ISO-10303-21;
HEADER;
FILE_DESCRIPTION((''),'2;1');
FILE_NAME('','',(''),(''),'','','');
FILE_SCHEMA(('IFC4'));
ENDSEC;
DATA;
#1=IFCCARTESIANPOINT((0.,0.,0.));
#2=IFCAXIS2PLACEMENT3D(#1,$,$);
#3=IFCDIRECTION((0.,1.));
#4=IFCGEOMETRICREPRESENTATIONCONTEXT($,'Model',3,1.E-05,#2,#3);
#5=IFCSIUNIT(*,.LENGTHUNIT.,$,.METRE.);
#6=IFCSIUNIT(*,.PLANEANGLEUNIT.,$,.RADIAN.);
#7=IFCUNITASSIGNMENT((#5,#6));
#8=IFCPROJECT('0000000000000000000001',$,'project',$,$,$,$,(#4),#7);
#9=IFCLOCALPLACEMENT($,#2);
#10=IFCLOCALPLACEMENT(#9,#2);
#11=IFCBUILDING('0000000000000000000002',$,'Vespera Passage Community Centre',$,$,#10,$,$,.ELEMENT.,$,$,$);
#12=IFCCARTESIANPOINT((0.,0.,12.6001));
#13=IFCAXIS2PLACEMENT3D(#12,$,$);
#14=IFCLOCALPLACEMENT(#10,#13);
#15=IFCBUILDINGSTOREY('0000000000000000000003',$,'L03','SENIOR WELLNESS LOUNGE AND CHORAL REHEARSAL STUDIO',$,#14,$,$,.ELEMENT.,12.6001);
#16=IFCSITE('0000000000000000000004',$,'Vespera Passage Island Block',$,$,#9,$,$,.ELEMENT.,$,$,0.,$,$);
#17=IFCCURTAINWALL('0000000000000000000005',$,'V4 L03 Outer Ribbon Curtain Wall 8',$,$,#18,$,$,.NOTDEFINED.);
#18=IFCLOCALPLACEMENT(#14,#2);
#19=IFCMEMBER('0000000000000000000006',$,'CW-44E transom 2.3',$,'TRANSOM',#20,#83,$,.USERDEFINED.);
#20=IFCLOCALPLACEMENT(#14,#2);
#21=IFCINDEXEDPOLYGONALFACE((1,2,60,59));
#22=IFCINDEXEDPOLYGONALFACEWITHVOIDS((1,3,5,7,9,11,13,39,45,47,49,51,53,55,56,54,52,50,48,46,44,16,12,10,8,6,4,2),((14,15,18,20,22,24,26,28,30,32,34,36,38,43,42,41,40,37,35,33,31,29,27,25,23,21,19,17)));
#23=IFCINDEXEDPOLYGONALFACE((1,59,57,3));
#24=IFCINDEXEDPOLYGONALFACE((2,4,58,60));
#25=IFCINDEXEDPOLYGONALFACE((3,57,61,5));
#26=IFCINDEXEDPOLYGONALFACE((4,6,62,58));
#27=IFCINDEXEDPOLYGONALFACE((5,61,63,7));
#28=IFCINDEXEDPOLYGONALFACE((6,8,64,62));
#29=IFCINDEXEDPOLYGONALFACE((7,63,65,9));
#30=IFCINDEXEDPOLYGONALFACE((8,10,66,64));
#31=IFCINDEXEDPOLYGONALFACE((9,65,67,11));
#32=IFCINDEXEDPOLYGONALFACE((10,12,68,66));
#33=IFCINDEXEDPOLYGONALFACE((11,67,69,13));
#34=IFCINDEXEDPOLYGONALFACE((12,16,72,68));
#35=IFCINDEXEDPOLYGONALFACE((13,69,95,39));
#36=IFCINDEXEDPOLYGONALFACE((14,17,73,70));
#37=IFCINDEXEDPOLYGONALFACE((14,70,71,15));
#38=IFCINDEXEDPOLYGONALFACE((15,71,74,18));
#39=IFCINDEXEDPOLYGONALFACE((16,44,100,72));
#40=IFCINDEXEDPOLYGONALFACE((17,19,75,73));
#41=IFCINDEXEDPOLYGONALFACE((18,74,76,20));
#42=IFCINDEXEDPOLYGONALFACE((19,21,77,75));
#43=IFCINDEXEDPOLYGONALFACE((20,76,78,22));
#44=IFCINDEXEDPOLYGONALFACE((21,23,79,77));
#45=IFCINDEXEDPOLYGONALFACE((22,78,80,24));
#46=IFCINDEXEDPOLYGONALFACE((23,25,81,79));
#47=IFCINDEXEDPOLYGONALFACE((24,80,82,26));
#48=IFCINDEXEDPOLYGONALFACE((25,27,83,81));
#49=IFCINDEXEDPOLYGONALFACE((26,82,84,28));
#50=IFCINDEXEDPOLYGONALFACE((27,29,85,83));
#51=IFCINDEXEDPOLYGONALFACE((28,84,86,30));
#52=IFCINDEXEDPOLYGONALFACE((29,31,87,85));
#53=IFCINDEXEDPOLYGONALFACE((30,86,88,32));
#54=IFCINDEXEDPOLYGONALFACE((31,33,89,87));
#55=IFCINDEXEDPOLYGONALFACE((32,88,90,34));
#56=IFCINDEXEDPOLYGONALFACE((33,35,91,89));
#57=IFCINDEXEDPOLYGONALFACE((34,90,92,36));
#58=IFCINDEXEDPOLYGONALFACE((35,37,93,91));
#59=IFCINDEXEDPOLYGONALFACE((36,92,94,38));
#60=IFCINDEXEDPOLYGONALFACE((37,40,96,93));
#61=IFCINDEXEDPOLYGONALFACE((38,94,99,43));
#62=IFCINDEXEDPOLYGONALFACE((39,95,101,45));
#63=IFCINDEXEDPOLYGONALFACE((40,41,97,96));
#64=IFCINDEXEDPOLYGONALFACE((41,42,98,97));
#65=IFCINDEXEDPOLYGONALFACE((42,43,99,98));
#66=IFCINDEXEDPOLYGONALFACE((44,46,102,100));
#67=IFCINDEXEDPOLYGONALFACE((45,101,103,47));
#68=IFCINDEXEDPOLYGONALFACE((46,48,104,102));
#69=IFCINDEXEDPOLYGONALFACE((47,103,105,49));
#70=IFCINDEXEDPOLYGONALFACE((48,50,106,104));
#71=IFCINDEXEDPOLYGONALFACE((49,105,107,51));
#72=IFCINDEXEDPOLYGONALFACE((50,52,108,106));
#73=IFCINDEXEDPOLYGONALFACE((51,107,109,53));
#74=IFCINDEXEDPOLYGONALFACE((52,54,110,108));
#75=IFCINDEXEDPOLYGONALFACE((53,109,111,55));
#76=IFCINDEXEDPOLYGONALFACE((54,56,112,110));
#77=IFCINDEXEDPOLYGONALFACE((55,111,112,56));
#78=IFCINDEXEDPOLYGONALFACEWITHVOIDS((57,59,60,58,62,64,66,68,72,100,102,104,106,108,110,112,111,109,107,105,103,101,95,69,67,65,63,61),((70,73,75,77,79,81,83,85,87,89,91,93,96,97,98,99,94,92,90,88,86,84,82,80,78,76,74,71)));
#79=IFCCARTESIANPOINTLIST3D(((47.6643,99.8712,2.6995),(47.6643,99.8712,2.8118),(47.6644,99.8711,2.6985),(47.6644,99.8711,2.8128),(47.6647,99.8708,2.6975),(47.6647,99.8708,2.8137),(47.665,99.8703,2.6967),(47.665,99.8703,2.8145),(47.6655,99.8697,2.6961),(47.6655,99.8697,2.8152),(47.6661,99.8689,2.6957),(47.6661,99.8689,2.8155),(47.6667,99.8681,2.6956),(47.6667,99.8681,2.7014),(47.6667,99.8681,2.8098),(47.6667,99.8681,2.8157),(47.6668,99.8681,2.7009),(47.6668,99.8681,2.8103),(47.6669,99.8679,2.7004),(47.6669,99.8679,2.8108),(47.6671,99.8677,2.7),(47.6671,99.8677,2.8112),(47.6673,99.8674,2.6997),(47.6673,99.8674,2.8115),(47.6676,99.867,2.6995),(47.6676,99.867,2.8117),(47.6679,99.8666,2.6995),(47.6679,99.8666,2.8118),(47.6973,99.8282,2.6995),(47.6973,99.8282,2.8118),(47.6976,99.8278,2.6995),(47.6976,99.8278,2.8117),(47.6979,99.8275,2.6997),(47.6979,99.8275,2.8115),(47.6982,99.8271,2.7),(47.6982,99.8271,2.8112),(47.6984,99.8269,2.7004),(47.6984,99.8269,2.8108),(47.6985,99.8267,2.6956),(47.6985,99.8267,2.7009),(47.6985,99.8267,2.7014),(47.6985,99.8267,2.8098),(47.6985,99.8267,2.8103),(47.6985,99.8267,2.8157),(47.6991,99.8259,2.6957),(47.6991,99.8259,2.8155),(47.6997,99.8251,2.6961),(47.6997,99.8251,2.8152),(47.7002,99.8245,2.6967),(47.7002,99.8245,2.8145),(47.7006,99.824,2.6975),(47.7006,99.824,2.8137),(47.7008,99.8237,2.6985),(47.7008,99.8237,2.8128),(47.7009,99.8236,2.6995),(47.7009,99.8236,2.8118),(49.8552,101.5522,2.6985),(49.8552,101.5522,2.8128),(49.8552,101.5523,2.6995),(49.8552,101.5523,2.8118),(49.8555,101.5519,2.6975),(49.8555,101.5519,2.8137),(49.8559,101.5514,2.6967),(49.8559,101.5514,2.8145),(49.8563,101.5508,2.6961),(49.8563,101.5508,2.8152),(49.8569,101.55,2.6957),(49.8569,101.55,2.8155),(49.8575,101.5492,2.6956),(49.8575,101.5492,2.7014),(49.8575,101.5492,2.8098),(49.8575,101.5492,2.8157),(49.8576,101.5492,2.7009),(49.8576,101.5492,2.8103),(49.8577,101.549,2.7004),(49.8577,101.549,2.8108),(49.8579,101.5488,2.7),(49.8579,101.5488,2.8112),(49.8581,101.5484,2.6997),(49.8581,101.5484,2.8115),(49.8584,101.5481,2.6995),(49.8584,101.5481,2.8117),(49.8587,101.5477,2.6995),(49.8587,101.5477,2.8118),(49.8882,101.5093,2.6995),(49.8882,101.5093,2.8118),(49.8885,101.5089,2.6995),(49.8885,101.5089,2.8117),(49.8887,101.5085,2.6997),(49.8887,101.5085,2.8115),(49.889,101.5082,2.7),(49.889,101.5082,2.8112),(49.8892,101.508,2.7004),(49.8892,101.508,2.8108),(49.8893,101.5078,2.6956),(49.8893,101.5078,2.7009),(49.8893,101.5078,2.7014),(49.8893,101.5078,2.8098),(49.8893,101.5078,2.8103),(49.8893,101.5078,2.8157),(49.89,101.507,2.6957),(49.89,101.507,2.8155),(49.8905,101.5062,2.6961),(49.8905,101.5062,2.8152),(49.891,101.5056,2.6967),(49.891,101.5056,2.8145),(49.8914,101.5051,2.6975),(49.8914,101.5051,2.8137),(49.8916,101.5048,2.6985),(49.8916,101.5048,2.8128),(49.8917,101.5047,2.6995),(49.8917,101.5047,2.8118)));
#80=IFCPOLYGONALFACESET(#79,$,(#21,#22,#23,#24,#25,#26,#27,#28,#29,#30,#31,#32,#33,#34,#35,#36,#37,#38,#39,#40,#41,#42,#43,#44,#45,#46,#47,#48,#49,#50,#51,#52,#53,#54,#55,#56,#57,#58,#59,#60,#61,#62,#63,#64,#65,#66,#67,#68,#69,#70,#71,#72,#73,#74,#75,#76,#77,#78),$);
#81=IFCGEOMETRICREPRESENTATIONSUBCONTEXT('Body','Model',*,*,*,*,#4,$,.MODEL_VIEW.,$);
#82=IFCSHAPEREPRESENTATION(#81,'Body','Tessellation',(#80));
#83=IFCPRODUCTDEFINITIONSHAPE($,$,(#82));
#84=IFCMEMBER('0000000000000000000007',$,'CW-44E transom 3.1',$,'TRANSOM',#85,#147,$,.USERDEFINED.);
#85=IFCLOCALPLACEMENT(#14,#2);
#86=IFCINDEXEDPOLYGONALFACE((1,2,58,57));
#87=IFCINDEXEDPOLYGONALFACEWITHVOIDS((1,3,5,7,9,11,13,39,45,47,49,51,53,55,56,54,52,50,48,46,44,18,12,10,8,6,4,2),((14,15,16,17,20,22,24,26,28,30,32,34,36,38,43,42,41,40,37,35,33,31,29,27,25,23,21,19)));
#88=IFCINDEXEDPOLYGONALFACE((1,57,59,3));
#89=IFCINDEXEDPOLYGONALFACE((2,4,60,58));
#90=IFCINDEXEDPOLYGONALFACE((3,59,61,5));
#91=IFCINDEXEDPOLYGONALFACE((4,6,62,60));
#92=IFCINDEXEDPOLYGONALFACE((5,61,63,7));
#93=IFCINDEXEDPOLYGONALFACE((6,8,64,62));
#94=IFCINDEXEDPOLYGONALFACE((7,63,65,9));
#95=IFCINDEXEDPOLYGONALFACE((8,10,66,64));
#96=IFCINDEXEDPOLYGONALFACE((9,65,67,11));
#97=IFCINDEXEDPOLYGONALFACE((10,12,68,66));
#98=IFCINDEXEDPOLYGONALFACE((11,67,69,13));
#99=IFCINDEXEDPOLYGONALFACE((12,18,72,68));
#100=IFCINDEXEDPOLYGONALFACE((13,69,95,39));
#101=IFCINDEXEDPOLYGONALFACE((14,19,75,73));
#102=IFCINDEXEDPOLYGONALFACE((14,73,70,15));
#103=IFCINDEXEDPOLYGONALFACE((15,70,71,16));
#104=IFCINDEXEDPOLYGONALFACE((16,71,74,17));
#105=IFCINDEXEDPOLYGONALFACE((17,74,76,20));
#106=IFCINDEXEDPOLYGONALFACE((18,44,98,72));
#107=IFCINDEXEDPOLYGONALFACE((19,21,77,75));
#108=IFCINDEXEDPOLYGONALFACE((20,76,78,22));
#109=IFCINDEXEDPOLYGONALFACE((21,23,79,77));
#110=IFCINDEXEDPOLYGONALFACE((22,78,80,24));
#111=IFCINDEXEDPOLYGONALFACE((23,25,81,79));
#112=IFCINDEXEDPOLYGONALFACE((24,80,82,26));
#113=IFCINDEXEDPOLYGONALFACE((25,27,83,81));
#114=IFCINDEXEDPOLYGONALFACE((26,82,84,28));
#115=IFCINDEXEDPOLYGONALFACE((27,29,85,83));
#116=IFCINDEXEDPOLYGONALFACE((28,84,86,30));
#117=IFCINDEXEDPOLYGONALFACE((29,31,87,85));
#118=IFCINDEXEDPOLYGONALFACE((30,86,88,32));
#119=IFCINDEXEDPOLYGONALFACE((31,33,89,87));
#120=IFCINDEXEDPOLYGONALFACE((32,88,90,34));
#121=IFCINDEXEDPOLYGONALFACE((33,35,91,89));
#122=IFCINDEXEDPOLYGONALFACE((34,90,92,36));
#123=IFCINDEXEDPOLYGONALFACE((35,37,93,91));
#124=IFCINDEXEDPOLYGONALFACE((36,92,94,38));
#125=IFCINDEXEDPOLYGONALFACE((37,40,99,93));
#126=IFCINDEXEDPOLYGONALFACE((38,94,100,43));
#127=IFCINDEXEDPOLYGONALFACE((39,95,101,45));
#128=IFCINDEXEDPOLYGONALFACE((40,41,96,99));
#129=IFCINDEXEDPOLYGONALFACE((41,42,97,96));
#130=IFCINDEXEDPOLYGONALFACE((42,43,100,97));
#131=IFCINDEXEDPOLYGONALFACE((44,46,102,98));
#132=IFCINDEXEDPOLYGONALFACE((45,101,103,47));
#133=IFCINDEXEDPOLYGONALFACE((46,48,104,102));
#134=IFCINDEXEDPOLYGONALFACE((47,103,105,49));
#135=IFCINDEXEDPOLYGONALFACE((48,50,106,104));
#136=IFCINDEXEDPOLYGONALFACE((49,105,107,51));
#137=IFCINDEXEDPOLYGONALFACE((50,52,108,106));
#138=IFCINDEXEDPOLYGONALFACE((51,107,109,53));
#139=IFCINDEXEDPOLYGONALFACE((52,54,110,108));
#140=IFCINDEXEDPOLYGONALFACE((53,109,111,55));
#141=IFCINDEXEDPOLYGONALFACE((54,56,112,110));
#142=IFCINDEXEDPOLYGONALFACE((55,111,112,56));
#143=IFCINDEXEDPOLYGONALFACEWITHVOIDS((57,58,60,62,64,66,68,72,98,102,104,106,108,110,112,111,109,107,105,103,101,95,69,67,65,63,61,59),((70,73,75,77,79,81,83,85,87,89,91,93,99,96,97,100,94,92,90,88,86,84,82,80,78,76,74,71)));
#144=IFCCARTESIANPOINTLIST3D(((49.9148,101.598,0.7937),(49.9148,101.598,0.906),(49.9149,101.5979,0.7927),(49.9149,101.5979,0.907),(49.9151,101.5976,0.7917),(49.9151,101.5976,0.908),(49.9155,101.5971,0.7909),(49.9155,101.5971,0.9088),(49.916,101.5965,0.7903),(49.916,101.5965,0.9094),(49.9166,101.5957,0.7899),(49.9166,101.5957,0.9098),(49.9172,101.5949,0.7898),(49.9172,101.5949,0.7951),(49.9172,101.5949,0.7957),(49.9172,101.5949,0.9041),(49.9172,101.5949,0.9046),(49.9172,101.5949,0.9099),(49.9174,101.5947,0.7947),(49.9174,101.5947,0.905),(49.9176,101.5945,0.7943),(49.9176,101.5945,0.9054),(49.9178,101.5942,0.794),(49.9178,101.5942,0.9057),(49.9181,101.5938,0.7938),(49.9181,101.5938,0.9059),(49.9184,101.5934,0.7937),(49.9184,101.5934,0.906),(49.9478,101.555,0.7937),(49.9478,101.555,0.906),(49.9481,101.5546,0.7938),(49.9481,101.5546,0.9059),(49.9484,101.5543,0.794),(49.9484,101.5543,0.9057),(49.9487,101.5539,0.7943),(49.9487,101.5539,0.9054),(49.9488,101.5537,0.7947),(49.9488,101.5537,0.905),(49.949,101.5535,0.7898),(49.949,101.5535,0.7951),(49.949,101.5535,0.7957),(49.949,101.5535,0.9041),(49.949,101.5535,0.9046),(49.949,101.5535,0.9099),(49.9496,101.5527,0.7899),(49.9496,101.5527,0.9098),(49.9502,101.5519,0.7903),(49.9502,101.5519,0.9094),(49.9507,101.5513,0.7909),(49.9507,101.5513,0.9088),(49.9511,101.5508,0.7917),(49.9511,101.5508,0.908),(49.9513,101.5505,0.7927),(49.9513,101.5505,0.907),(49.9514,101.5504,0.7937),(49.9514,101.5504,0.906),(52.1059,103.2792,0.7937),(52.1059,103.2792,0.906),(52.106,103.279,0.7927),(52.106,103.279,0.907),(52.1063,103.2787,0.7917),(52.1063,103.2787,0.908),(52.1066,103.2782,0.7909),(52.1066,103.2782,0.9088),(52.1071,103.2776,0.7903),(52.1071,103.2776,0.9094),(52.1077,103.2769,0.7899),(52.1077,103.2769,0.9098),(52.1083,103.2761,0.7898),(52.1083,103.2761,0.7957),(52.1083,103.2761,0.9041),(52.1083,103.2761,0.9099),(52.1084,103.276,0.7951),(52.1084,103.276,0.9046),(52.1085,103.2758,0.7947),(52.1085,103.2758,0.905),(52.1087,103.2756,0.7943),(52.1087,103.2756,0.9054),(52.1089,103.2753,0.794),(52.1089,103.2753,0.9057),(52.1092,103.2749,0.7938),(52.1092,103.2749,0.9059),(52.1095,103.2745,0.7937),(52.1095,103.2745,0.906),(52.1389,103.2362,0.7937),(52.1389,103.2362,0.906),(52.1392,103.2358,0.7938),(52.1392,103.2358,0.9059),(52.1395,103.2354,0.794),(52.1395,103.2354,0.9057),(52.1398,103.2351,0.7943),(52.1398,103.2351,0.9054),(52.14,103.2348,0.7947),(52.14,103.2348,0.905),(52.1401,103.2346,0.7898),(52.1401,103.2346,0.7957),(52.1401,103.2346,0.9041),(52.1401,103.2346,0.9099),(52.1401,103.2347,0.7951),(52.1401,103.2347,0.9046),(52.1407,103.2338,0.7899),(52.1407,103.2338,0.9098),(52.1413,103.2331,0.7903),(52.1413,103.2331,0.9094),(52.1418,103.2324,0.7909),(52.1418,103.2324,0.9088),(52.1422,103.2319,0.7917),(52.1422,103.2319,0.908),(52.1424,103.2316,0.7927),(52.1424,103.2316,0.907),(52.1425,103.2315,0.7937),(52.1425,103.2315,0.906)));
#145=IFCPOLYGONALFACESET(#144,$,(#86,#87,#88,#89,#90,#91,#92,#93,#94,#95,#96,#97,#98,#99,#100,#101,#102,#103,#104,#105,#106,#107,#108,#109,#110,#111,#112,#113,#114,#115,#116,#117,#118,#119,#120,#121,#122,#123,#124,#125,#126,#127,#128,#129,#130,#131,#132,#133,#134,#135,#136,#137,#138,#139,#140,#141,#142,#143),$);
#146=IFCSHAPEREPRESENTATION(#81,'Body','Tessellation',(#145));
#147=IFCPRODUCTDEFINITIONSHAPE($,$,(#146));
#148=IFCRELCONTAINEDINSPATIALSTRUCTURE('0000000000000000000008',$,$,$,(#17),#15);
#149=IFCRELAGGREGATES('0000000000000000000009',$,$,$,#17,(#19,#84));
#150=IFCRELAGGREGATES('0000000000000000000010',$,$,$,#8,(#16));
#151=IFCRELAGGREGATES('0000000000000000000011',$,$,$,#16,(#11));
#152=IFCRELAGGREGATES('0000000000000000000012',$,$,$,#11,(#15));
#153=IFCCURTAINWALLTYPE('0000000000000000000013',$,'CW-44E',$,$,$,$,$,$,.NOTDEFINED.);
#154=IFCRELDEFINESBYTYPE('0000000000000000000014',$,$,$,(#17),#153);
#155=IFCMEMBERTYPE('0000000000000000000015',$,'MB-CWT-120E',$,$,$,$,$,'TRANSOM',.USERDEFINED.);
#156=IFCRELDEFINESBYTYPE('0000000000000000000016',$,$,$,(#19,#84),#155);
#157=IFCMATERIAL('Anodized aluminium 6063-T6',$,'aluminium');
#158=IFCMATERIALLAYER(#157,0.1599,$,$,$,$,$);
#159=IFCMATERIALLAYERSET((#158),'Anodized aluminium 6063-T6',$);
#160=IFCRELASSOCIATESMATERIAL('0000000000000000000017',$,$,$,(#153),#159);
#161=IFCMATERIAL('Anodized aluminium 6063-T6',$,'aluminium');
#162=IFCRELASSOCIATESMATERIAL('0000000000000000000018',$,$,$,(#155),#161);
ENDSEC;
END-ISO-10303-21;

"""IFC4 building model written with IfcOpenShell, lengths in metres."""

from ifc_helpers import new_model, si_unit, direction, frame, origin, origin_2d, place, context, subcontext, project, spatial, hollow_rectangle, extrude, material, layer, layer_set, material_profile, profile_set, type_object, element, aggregate, save


model = new_model("IFC4")

# Units and contexts
model_context = context("Model", 3, precision=1e-05, world=origin(), true_north=direction((0.0, 1.0)))
body_context = subcontext(model_context, "Body", "Model", "MODEL_VIEW")
ifc_project = project(units=[si_unit("LENGTHUNIT", "METRE"), si_unit("PLANEANGLEUNIT", "RADIAN")], contexts=[model_context])

# Site, building, storey
site_placement = place(None, origin())
site = spatial("IfcSite", under=ifc_project, at=site_placement, Name="Vespera Passage Island Block", CompositionType="ELEMENT", RefElevation=0.0)
building_placement = place(site_placement, origin())
building = spatial("IfcBuilding", under=site, at=building_placement, Name="Vespera Passage Community Centre", CompositionType="ELEMENT")
storey_placement = place(building_placement, frame((0.0, 0.0, 12.6001)))
storey = spatial("IfcBuildingStorey", under=building, at=storey_placement, Name="L03", Description="SENIOR WELLNESS LOUNGE AND CHORAL REHEARSAL STUDIO", CompositionType="ELEMENT", Elevation=12.6001)

# Curtain wall
ifc_material_1 = material(Name="Anodized aluminium 6063-T6", Category="aluminium")
ifc_layer_1 = layer(ifc_material_1, 0.1599)
ifc_layer_set_1 = layer_set([ifc_layer_1], Name="Anodized aluminium 6063-T6")
curtain_wall_type_1 = type_object("IfcCurtainWallType", Name="CW-44E", PredefinedType="NOTDEFINED", material=ifc_layer_set_1)
curtain_wall_1_placement = place(storey_placement, origin())
curtain_wall_1 = element("IfcCurtainWall", 1, at=curtain_wall_1_placement, inside=storey, type_object=curtain_wall_type_1, Name="V4 L03 Outer Ribbon Curtain Wall 8", PredefinedType="NOTDEFINED")

# Members
ifc_material_2 = material(Name="Anodized aluminium 6063-T6", Category="aluminium")
ifc_material_profile_1 = material_profile(ifc_material_2, hollow_rectangle(XDim=0.0601, YDim=0.1201, WallThickness=0.0039, InnerFilletRadius=0.002, OuterFilletRadius=0.0039, at=origin_2d()), Name="ALU120X60X4")
ifc_profile_set_1 = profile_set([ifc_material_profile_1], Name="Anodized aluminium 6063-T6")
member_type_1 = type_object("IfcMemberType", Name="MB-CWT-120E", ElementType="TRANSOM", PredefinedType="USERDEFINED", material=ifc_profile_set_1)
member_1_placement = place(storey_placement, frame((47.6826, 99.8474, 2.7556), z_axis=(0.793353, 0.608762, 0.0), x_axis=(-0.608762, 0.793353, 0.0)))
member_1 = element("IfcMember", 2, at=member_1_placement, type_object=member_type_1, Name="CW-44E transom 2.3", ObjectType="TRANSOM", PredefinedType="USERDEFINED", context=body_context, shape_type="SweptSolid", body=[
    extrude(hollow_rectangle(XDim=0.0601, YDim=0.1201, WallThickness=0.0039, InnerFilletRadius=0.002, OuterFilletRadius=0.0039, at=origin_2d()), origin(), (0.0, 0.0, 1.0), 2.7615),
])
member_2_placement = place(storey_placement, frame((49.9331, 101.5742, 0.8499), z_axis=(0.793386, 0.608719, 0.0), x_axis=(-0.608719, 0.793386, 0.0)))
member_2 = element("IfcMember", 3, at=member_2_placement, type_object=member_type_1, Name="CW-44E transom 3.1", ObjectType="TRANSOM", PredefinedType="USERDEFINED", context=body_context, shape_type="SweptSolid", body=[
    extrude(hollow_rectangle(XDim=0.0601, YDim=0.1201, WallThickness=0.0039, InnerFilletRadius=0.002, OuterFilletRadius=0.0039, at=origin_2d()), origin(), (0.0, 0.0, 1.0), 2.7617),
])

aggregate(curtain_wall_1, [member_1, member_2])

save(model, "model.ifc")
